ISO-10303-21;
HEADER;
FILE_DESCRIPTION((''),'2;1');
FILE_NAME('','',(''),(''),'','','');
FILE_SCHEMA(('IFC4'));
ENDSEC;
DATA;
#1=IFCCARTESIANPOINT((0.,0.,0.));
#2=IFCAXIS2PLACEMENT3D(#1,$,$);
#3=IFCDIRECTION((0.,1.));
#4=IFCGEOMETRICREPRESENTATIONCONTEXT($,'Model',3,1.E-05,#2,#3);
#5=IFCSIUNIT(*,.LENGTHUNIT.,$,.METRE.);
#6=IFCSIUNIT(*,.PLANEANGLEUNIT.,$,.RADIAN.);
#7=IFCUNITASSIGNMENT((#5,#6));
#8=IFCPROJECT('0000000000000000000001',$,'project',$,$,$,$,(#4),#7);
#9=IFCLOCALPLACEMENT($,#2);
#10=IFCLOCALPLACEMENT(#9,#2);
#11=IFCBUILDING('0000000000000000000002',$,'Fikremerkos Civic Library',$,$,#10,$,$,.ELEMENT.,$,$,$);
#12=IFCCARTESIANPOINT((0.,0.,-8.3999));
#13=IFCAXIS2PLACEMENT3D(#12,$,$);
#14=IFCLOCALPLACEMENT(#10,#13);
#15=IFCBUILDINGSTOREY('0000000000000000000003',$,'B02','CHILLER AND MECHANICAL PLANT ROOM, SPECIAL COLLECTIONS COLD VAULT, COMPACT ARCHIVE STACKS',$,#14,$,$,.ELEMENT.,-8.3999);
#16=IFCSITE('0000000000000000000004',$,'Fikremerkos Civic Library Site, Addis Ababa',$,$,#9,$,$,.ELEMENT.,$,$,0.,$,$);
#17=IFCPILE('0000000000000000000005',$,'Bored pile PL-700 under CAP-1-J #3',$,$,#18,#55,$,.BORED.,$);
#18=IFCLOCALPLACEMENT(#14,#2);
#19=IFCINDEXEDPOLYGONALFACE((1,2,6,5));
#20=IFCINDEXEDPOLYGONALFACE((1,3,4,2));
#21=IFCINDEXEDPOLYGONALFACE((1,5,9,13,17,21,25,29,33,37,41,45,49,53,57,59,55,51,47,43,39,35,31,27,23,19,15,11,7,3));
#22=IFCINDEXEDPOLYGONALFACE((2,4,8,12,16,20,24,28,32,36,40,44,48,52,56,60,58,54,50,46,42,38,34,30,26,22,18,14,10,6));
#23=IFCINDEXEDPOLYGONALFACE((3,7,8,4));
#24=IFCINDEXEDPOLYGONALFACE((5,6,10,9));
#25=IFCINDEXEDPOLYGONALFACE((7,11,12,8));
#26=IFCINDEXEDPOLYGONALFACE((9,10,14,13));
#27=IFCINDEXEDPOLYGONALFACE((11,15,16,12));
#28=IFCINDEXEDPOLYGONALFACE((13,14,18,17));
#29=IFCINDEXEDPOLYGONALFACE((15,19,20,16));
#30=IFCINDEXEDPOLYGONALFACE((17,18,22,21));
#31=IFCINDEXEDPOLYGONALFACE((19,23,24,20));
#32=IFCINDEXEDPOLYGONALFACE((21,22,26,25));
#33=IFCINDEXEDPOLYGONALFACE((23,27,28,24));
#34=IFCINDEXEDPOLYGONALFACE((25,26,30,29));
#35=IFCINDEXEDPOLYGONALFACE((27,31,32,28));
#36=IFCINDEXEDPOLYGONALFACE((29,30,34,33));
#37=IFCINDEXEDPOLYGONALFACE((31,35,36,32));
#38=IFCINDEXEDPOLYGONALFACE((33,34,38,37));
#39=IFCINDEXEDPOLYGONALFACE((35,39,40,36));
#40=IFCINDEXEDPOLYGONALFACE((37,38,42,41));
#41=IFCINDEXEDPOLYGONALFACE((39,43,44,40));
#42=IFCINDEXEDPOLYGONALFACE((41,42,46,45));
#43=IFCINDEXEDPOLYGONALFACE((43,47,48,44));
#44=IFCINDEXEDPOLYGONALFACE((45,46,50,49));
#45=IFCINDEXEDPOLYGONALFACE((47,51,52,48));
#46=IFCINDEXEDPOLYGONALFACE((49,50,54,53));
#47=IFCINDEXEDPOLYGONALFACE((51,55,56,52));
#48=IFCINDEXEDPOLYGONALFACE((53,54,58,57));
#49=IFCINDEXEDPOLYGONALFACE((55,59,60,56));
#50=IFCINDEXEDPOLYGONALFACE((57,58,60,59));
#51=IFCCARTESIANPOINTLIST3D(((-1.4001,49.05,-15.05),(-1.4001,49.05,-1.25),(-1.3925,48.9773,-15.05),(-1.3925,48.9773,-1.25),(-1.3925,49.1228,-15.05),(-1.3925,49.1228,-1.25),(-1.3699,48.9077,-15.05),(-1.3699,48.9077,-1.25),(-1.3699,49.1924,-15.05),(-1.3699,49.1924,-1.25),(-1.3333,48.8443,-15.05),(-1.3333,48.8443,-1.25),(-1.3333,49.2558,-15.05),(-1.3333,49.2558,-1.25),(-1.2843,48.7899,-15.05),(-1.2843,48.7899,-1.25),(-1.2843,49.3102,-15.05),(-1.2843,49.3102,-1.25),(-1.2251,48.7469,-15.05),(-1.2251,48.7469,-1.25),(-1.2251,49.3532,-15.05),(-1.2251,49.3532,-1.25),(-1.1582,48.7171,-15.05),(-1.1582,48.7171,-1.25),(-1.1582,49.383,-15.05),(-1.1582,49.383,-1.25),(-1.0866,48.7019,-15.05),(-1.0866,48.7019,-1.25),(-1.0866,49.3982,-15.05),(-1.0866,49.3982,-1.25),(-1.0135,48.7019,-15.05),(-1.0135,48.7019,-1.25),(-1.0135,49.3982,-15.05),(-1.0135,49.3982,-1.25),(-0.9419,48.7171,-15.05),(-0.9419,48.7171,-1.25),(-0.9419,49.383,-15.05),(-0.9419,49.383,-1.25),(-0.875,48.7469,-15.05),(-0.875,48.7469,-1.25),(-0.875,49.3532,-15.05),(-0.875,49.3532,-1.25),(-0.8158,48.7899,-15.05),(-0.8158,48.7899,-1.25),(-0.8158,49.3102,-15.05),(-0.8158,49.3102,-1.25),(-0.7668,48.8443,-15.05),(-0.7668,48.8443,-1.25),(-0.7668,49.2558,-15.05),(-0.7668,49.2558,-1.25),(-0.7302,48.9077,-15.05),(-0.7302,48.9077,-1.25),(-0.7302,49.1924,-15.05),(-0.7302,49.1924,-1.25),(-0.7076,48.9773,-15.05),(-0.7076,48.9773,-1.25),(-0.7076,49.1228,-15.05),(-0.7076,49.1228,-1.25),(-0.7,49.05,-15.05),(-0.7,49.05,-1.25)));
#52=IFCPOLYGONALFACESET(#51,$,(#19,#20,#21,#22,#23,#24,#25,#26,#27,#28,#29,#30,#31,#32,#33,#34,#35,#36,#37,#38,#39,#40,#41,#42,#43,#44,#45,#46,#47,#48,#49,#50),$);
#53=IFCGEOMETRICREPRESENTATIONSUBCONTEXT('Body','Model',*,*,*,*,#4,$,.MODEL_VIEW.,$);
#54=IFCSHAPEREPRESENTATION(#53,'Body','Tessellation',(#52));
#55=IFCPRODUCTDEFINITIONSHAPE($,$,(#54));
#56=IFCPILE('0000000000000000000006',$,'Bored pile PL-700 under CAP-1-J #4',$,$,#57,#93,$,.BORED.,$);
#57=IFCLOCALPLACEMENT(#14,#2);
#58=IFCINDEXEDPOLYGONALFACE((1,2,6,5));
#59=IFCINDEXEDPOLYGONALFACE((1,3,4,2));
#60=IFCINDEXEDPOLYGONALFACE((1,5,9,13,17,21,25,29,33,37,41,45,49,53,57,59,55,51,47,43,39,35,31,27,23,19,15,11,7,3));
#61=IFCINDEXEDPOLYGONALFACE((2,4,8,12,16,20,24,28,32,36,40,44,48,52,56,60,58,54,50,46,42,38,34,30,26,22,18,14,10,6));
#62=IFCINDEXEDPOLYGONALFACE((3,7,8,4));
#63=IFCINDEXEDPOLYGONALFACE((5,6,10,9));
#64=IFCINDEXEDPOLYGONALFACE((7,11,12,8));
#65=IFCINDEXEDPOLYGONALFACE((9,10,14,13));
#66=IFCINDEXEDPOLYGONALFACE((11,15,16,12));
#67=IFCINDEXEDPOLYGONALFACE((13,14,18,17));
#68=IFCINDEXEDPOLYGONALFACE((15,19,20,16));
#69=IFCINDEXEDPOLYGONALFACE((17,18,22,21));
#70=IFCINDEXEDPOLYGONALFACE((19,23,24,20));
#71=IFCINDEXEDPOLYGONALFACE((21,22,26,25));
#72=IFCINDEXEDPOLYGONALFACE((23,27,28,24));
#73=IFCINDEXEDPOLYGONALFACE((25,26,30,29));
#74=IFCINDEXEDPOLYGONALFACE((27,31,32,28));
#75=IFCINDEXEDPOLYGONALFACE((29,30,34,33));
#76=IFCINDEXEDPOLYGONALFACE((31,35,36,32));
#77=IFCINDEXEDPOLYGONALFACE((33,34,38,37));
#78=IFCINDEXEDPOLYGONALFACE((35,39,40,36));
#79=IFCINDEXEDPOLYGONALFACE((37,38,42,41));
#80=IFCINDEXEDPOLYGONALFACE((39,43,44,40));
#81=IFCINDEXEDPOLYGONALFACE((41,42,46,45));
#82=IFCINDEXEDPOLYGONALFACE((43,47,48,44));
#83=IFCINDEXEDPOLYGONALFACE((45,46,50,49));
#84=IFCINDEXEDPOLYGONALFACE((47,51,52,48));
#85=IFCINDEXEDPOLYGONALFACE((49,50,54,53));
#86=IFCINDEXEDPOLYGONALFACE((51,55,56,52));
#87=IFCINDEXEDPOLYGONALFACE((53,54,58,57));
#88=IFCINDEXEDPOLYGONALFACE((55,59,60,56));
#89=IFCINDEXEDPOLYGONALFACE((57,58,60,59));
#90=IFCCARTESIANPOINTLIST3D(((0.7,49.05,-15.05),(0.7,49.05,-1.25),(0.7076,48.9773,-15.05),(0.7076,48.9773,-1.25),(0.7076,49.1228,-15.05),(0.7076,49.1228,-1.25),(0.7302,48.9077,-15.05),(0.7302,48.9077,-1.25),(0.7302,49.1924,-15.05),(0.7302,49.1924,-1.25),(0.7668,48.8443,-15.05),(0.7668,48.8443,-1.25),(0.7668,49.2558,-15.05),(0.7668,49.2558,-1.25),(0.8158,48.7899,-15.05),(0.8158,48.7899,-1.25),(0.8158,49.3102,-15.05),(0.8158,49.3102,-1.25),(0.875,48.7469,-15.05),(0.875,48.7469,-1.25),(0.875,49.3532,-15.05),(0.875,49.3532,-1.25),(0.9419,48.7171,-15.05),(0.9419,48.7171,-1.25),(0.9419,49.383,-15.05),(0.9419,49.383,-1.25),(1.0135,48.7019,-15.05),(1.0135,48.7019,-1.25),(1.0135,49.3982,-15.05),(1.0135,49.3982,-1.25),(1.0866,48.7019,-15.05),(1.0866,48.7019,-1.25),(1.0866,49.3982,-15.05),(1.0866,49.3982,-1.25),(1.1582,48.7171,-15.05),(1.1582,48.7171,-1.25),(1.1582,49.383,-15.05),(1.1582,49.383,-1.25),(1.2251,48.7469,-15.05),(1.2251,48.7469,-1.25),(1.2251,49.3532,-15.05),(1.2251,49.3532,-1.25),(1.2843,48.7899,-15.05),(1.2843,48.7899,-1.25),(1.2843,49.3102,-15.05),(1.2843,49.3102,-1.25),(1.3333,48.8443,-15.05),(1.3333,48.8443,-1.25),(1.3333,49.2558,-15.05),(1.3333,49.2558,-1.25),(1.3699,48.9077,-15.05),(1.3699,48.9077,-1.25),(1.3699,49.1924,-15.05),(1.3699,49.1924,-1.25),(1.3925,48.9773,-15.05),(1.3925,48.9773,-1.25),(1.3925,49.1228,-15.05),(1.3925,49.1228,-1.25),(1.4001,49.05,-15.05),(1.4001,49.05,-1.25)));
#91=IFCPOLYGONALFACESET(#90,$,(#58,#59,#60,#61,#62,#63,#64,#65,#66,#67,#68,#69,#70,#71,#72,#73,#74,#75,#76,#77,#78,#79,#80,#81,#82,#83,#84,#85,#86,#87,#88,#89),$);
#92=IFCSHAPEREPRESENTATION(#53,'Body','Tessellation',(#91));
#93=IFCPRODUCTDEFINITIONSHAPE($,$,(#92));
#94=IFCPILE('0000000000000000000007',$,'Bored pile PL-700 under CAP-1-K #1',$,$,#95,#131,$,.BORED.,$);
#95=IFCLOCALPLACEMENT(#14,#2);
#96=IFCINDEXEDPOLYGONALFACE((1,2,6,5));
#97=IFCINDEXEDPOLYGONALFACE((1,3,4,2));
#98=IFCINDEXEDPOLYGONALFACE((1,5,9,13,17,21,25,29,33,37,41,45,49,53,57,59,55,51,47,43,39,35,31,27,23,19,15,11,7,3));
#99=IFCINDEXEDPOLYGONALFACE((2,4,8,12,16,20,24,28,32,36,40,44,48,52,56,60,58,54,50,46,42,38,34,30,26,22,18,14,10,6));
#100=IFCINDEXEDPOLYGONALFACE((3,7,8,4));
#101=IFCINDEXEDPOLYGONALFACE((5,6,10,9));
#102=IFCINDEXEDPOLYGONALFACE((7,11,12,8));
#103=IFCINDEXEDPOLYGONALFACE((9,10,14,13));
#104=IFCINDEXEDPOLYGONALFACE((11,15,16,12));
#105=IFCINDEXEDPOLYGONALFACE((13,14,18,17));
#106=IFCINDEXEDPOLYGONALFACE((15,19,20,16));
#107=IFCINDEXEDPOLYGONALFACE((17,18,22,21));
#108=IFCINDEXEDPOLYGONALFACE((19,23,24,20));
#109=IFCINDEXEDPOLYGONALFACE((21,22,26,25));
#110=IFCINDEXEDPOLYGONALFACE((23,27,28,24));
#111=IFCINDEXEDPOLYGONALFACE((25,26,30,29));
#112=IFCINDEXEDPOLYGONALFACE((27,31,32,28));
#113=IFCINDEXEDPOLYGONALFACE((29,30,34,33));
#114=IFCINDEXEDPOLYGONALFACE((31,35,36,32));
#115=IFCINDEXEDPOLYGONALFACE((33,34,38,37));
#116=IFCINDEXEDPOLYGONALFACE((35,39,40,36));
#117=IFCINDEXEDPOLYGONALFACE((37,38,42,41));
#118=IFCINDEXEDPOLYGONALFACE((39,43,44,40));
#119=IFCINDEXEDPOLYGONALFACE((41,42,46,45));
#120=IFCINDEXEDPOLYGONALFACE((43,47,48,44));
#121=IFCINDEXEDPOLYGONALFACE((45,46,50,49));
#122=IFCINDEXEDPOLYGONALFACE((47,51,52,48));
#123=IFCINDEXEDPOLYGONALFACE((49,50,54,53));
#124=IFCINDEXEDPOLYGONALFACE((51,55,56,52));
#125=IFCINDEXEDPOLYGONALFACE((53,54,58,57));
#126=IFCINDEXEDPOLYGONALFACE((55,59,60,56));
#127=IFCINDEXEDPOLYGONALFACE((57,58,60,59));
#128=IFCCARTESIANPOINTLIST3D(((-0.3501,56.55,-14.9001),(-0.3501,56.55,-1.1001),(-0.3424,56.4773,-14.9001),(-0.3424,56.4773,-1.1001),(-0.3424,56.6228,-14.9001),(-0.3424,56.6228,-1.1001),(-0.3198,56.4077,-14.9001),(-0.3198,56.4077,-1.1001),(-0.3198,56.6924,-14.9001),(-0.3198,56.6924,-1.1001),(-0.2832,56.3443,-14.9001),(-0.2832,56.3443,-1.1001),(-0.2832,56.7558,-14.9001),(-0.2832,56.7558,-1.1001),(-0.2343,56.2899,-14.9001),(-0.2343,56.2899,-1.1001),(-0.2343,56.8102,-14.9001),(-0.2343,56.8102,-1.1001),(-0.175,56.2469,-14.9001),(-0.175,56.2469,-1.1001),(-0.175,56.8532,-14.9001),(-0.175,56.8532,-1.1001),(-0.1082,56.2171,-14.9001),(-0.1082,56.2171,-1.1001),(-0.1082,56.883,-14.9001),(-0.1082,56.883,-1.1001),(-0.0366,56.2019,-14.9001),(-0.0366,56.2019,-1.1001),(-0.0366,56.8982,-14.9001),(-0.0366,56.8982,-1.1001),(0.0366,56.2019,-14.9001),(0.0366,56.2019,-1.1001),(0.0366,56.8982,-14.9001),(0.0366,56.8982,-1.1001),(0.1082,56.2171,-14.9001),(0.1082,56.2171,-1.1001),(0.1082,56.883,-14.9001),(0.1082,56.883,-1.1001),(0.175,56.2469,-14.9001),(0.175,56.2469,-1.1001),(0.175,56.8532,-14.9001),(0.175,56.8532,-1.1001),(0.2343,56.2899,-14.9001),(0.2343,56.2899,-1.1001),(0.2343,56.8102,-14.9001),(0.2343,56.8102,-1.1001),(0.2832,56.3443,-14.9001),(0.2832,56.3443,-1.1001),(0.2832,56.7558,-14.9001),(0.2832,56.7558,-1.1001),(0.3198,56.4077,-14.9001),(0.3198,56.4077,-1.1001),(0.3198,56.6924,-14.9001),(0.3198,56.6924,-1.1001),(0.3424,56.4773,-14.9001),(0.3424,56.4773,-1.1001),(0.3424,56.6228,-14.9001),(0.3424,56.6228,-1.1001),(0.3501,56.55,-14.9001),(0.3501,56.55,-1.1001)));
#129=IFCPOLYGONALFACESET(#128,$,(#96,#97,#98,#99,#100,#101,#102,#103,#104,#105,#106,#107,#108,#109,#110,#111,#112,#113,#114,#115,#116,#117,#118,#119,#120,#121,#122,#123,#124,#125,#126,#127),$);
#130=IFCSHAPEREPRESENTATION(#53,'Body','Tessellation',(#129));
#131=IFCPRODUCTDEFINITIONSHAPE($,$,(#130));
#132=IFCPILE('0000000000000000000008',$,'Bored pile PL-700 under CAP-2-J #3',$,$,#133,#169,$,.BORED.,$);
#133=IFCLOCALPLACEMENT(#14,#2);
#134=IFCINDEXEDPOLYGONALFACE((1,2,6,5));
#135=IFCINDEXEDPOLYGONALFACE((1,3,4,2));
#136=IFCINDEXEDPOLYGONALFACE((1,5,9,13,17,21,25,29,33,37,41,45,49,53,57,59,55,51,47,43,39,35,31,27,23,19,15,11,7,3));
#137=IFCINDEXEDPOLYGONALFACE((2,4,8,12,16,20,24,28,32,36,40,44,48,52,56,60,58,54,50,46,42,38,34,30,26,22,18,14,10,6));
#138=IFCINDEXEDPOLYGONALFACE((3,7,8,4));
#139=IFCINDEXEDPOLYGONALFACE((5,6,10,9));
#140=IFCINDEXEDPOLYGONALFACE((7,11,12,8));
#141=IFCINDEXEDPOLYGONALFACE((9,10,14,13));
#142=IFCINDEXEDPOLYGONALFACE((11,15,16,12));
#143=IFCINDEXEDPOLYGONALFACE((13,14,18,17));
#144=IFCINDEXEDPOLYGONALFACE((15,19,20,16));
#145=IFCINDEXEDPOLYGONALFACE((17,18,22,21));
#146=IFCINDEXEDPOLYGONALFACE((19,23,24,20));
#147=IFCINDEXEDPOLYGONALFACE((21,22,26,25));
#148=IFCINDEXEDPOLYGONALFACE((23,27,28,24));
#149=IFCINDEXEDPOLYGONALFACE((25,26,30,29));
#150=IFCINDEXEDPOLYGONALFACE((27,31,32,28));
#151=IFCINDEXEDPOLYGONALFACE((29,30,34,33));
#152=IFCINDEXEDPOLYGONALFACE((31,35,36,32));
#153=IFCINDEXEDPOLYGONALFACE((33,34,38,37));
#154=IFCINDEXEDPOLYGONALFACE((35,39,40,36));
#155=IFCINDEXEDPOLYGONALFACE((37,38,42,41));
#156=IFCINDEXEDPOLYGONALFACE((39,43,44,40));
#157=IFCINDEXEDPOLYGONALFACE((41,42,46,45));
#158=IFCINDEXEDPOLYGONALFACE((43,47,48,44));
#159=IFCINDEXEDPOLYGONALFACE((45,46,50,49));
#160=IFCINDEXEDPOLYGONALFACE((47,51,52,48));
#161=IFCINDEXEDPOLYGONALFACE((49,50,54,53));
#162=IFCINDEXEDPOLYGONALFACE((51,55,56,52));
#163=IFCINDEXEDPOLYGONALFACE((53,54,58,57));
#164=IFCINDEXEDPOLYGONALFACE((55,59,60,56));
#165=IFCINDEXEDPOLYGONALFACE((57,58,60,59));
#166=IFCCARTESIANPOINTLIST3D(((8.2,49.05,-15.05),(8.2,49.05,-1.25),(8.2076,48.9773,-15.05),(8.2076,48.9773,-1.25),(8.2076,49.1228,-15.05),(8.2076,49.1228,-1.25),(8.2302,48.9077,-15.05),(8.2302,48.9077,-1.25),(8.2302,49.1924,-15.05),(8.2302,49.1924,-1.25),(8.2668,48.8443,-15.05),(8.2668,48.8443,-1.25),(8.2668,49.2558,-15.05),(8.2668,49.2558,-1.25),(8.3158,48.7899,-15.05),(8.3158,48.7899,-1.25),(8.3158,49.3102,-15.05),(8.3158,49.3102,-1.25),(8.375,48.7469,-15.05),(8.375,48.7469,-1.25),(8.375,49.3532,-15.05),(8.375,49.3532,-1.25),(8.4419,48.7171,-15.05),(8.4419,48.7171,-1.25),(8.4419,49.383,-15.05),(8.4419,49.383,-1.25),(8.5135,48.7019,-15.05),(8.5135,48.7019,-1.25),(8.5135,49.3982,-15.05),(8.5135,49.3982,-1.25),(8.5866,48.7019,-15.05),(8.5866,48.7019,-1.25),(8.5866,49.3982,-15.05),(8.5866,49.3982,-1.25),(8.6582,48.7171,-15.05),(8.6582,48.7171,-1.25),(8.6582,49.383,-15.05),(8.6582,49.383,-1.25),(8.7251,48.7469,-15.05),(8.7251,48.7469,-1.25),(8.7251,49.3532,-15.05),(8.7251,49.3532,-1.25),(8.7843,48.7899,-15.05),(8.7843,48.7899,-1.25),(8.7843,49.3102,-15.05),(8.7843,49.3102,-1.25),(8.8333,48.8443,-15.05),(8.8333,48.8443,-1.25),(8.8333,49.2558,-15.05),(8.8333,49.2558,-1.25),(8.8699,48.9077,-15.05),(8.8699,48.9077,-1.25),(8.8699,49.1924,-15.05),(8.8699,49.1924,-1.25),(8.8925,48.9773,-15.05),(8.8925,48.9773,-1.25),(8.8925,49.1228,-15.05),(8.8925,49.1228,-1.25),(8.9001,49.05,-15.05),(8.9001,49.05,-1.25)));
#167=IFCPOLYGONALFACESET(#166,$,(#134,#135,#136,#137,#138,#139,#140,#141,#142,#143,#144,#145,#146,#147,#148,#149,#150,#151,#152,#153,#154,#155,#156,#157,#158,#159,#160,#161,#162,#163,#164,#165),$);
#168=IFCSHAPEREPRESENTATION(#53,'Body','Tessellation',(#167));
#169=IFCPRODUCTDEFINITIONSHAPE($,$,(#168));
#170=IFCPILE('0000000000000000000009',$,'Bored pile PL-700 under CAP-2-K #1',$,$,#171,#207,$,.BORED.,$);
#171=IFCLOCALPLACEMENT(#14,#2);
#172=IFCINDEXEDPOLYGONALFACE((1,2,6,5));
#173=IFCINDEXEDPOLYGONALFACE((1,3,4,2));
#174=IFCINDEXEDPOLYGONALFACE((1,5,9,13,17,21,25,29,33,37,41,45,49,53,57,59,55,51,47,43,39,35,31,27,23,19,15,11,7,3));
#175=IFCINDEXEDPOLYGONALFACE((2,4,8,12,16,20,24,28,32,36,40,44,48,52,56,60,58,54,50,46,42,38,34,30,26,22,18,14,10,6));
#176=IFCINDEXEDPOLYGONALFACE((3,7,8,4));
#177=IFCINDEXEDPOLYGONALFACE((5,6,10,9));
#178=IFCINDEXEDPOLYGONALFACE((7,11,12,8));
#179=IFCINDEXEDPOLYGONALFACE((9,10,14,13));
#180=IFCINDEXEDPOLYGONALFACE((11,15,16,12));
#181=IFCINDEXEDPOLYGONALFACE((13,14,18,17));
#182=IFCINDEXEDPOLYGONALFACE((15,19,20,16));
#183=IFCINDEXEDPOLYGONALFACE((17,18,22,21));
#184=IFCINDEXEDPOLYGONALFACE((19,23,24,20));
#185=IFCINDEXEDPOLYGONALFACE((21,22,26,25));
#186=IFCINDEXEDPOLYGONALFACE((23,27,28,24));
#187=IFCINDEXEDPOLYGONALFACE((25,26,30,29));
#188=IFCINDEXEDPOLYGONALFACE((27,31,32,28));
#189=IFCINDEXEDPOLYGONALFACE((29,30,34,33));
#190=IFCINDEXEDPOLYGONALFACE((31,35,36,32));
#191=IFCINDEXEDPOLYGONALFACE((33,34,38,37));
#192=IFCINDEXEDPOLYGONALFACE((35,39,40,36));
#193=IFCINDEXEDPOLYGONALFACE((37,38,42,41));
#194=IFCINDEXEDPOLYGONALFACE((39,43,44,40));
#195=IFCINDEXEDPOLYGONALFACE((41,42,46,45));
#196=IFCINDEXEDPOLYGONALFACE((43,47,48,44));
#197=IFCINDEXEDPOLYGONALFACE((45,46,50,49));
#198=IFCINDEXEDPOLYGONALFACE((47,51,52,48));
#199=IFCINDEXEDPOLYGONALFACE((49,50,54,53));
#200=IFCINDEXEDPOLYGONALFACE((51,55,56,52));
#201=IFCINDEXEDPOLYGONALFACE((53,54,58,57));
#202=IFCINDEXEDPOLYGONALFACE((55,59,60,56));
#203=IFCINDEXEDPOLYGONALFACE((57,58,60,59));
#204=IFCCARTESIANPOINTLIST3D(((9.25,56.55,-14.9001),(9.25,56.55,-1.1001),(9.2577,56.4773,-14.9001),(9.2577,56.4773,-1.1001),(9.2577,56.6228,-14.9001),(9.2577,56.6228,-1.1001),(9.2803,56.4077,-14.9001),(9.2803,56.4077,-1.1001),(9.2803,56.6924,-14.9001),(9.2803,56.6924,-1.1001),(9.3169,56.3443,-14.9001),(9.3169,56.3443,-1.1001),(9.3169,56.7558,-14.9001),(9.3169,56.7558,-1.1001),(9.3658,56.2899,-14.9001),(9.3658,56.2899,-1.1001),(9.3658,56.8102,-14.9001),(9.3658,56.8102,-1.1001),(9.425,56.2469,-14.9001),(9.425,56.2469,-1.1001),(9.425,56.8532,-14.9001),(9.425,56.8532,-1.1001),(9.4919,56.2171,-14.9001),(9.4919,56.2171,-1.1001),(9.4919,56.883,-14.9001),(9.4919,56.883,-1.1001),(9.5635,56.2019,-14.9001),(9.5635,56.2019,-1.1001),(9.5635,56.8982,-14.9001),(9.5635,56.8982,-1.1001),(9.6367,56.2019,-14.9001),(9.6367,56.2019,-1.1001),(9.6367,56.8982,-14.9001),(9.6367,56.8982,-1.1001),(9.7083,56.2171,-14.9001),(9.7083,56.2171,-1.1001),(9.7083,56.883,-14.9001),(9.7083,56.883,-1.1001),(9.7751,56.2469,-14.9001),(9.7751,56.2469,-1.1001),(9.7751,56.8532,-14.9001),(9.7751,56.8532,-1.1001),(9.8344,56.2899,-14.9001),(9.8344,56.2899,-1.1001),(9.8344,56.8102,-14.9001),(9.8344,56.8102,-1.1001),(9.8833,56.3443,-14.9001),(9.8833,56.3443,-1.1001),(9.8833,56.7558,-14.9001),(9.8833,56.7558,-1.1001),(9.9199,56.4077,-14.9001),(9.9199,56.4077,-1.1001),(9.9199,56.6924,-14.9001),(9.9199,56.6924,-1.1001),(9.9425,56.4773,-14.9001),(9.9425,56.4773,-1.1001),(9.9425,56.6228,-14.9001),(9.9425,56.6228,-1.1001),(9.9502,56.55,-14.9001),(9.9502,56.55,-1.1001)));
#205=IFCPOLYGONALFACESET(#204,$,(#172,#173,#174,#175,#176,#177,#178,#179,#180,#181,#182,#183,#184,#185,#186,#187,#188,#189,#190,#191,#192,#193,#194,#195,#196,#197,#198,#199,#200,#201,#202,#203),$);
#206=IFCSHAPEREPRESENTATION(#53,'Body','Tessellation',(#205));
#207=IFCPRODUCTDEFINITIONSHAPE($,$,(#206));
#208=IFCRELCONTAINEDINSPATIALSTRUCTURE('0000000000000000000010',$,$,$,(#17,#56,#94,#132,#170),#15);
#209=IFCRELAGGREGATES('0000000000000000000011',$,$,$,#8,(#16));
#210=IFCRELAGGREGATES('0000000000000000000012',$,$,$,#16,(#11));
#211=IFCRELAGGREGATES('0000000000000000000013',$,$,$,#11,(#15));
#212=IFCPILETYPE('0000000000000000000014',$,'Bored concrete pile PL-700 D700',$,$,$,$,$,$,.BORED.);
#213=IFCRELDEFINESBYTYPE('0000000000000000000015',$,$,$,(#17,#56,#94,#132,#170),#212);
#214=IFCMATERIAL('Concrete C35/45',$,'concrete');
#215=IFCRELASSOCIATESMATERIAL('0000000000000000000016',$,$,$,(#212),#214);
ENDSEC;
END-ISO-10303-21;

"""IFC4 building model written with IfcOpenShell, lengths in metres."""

from ifc_helpers import new_model, si_unit, direction, frame, origin, origin_2d, place, context, subcontext, project, spatial, circle, extrude, material, material_profile, profile_set, type_object, element, save


model = new_model("IFC4")

# Units and contexts
model_context = context("Model", 3, precision=1e-05, world=origin(), true_north=direction((0.0, 1.0)))
body_context = subcontext(model_context, "Body", "Model", "MODEL_VIEW")
ifc_project = project(units=[si_unit("LENGTHUNIT", "METRE"), si_unit("PLANEANGLEUNIT", "RADIAN")], contexts=[model_context])

# Site, building, storey
site_placement = place(None, origin())
site = spatial("IfcSite", under=ifc_project, at=site_placement, Name="Fikremerkos Civic Library Site, Addis Ababa", CompositionType="ELEMENT", RefElevation=0.0)
building_placement = place(site_placement, origin())
building = spatial("IfcBuilding", under=site, at=building_placement, Name="Fikremerkos Civic Library", CompositionType="ELEMENT")
storey_placement = place(building_placement, frame((0.0, 0.0, -8.3999)))
storey = spatial("IfcBuildingStorey", under=building, at=storey_placement, Name="B02", Description="CHILLER AND MECHANICAL PLANT ROOM, SPECIAL COLLECTIONS COLD VAULT, COMPACT ARCHIVE STACKS", CompositionType="ELEMENT", Elevation=-8.3999)

# Piles
ifc_material_1 = material(Name="Concrete C35/45", Category="concrete")
ifc_material_profile_1 = material_profile(ifc_material_1, circle(Radius=0.3501, at=origin_2d()), Name="BORED PILE 700")
ifc_profile_set_1 = profile_set([ifc_material_profile_1], Name="Concrete C35/45")
pile_type = type_object("IfcPileType", Name="Bored concrete pile PL-700 D700", PredefinedType="BORED", material=ifc_profile_set_1)
for number, where, z_axis, x_axis, name in (
    (1, (-1.05, 49.05, -1.25), (0.0, 0.0, -1.0), (1.0, 0.0, 0.0), "Bored pile PL-700 under CAP-1-J #3"),
    (2, (1.05, 49.05, -1.25), (0.0, 0.0, -1.0), (1.0, 0.0, 0.0), "Bored pile PL-700 under CAP-1-J #4"),
    (3, (0.0, 56.55, -1.1001), (0.0, 0.0, -1.0), (1.0, 0.0, 0.0), "Bored pile PL-700 under CAP-1-K #1"),
    (4, (8.55, 49.05, -1.25), (0.0, 0.0, -1.0), (1.0, 0.0, 0.0), "Bored pile PL-700 under CAP-2-J #3"),
    (5, (9.6001, 56.55, -1.1001), (0.0, 0.0, -1.0), (1.0, 0.0, 0.0), "Bored pile PL-700 under CAP-2-K #1"),
):
    element("IfcPile", number, at=place(storey_placement, frame(where, z_axis=z_axis, x_axis=x_axis)), inside=storey, type_object=pile_type, Name=name, PredefinedType="BORED", context=body_context, shape_type="SweptSolid", body=[
        extrude(circle(Radius=0.3501, at=origin_2d()), origin(), (0.0, 0.0, 1.0), 13.8),
    ])

save(model, "model.ifc")
